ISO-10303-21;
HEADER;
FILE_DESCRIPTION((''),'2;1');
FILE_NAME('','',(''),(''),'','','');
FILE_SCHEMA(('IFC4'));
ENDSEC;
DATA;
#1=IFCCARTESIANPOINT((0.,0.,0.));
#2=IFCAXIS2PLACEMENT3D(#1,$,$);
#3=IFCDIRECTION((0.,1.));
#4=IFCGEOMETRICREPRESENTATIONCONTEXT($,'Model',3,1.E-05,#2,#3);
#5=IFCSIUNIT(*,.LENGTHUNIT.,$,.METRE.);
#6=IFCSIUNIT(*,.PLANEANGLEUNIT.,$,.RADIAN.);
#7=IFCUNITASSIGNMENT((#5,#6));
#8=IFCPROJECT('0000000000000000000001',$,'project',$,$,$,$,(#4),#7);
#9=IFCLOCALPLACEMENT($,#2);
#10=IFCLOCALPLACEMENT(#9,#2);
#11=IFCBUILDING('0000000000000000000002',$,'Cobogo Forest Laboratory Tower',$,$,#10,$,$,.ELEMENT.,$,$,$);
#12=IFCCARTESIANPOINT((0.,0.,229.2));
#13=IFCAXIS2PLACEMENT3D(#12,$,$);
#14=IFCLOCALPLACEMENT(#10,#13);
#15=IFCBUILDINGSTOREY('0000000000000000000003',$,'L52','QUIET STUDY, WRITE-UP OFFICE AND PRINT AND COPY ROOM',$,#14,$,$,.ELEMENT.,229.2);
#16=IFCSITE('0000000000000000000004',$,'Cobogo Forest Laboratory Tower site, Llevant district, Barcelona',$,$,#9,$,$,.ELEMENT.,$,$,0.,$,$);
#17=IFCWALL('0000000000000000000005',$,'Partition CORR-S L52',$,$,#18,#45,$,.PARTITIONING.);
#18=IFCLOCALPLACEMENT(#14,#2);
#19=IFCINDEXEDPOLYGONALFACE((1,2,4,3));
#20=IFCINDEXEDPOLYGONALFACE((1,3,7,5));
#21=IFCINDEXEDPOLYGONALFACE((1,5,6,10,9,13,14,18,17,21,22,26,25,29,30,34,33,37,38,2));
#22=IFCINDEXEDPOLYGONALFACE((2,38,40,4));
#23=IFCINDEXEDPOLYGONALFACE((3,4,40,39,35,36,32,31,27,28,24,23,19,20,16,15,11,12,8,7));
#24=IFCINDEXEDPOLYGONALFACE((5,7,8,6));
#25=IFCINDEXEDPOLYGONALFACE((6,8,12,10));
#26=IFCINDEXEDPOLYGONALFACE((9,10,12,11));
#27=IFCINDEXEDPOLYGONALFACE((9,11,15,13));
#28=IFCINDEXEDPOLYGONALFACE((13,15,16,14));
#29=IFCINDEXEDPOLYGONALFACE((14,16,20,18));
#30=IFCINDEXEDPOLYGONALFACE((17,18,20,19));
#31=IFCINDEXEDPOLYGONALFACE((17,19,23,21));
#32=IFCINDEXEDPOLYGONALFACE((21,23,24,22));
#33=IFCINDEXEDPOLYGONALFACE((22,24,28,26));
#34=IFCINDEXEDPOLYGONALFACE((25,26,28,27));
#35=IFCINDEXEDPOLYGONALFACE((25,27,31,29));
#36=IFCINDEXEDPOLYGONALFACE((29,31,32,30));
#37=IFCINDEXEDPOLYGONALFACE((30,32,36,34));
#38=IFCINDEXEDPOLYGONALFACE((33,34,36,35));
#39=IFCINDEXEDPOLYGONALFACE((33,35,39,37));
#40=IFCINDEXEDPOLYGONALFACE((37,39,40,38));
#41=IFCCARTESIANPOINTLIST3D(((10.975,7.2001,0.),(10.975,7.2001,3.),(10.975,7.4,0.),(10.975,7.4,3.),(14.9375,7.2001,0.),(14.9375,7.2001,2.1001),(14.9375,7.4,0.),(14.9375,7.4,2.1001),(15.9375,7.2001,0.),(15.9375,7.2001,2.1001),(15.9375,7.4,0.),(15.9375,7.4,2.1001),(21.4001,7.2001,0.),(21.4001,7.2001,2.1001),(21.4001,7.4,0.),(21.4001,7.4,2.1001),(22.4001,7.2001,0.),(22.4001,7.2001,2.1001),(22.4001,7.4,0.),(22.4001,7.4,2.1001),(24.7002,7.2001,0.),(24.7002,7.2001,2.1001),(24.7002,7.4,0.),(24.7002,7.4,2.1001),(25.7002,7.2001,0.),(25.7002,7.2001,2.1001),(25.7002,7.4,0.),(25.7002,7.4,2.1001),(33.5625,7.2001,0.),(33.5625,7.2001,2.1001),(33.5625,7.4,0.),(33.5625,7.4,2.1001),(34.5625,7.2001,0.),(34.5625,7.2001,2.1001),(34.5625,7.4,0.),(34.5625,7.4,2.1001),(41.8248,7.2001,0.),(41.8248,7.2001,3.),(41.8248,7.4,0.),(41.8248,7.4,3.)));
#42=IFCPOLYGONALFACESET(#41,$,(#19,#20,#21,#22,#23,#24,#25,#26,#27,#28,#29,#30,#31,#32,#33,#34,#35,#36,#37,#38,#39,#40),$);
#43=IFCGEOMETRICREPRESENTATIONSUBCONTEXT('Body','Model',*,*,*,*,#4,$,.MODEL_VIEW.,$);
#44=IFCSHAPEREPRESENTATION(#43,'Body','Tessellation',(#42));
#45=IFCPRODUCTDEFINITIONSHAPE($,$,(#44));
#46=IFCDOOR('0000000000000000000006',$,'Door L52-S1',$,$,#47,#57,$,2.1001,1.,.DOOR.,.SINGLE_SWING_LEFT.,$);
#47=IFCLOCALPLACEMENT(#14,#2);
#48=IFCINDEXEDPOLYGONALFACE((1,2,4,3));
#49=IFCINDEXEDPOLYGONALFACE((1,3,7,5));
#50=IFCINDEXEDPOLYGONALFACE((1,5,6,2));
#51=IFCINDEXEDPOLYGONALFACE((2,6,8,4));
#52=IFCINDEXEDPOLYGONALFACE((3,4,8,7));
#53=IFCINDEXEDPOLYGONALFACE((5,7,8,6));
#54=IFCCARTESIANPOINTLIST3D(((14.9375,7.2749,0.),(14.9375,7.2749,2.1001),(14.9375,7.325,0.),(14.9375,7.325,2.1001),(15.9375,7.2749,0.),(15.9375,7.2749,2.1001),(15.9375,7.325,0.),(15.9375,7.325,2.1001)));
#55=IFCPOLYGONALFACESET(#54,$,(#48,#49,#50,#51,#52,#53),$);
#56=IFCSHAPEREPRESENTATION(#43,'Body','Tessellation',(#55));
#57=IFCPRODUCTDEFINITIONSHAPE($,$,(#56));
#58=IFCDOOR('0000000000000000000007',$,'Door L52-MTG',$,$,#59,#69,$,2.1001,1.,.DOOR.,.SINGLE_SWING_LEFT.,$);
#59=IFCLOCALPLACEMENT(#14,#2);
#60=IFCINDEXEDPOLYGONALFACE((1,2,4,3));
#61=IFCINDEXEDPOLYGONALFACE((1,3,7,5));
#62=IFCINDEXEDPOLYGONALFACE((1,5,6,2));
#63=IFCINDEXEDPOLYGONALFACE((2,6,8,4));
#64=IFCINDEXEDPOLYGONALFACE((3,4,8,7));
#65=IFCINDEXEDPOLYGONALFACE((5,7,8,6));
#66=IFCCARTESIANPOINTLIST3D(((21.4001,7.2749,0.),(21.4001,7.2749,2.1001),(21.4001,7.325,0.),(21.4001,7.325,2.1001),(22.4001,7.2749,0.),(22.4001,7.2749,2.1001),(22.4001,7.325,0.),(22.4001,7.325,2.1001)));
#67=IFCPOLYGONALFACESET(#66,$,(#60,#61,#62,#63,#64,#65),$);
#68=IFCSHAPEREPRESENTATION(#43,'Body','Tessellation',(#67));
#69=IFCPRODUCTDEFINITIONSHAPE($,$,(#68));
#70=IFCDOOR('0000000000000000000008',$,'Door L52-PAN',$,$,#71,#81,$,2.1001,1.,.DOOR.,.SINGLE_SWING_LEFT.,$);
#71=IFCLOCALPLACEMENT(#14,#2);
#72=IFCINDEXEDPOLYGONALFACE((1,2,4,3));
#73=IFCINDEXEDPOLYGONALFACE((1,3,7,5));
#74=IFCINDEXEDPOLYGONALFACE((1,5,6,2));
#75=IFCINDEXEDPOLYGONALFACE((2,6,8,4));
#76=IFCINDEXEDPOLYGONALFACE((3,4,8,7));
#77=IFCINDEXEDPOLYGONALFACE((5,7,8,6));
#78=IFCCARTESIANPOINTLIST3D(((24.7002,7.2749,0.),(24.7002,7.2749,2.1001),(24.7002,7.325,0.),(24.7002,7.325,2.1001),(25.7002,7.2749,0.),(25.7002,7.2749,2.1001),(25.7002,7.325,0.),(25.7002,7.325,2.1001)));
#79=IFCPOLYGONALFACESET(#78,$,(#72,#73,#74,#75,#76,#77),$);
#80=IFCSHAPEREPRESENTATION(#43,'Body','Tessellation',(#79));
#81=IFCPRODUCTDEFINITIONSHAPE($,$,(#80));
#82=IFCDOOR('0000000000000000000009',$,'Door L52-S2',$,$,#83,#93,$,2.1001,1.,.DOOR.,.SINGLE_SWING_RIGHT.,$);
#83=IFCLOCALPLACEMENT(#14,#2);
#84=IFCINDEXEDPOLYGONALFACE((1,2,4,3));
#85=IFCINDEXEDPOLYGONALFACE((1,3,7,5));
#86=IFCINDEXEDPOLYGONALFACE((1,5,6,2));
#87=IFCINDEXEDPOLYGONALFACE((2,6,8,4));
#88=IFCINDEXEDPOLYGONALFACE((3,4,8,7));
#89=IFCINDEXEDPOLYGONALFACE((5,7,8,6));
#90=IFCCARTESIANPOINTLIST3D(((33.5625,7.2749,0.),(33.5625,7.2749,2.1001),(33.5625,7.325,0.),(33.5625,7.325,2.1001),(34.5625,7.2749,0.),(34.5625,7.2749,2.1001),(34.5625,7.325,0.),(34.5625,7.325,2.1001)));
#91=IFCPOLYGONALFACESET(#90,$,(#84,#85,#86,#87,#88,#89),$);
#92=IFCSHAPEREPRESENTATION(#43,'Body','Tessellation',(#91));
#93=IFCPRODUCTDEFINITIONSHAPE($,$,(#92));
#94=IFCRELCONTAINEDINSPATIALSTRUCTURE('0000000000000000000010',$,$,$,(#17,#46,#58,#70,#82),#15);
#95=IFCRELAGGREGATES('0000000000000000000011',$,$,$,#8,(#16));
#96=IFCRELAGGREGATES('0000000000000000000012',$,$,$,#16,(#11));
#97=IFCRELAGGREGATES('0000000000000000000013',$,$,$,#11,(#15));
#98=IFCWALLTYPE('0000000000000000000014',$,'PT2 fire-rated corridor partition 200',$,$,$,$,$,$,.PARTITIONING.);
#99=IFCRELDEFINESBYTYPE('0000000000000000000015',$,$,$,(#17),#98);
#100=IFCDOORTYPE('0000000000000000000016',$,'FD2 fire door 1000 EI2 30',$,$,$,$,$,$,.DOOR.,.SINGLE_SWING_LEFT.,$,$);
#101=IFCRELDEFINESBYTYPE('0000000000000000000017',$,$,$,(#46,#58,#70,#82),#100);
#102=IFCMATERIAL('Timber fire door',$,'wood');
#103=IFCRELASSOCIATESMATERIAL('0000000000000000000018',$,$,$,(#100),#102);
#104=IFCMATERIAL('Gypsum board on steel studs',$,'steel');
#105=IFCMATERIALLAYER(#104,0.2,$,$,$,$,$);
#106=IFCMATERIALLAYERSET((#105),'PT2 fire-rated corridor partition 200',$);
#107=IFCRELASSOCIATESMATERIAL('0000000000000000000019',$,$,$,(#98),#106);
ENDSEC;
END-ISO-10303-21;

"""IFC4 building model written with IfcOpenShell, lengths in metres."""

from ifc_helpers import new_model, si_unit, direction, frame, frame_2d, origin, place, context, subcontext, project, spatial, rectangle, extrude, material, layer, layer_set, type_object, element, fill, save


model = new_model("IFC4")

# Units and contexts
model_context = context("Model", 3, precision=1e-05, world=origin(), true_north=direction((0.0, 1.0)))
body_context = subcontext(model_context, "Body", "Model", "MODEL_VIEW")
ifc_project = project(units=[si_unit("LENGTHUNIT", "METRE"), si_unit("PLANEANGLEUNIT", "RADIAN")], contexts=[model_context])

# Site, building, storey
site_placement = place(None, origin())
site = spatial("IfcSite", under=ifc_project, at=site_placement, Name="Cobogo Forest Laboratory Tower site, Llevant district, Barcelona", CompositionType="ELEMENT", RefElevation=0.0)
building_placement = place(site_placement, origin())
building = spatial("IfcBuilding", under=site, at=building_placement, Name="Cobogo Forest Laboratory Tower", CompositionType="ELEMENT")
storey_placement = place(building_placement, frame((0.0, 0.0, 229.2)))
storey = spatial("IfcBuildingStorey", under=building, at=storey_placement, Name="L52", Description="QUIET STUDY, WRITE-UP OFFICE AND PRINT AND COPY ROOM", CompositionType="ELEMENT", Elevation=229.2)

# Shared definitions
ifc_material_1 = material(Name="Gypsum board on steel studs", Category="steel")
ifc_material_2 = material(Name="Timber fire door", Category="wood")
door_type_1 = type_object("IfcDoorType", Name="FD2 fire door 1000 EI2 30", OperationType="SINGLE_SWING_LEFT", PredefinedType="DOOR", material=ifc_material_2)

# Wall, openings, doors
ifc_layer_1 = layer(ifc_material_1, 0.2)
ifc_layer_set_1 = layer_set([ifc_layer_1], Name="PT2 fire-rated corridor partition 200")
wall_type_1 = type_object("IfcWallType", Name="PT2 fire-rated corridor partition 200", PredefinedType="PARTITIONING", material=ifc_layer_set_1)
wall_1_placement = place(storey_placement, frame((10.9751, 7.3, 0.0), z_axis=(0.0, 0.0, 1.0), x_axis=(1.0, 0.0, 0.0)))
wall_1 = element("IfcWall", 1, at=wall_1_placement, inside=storey, type_object=wall_type_1, Name="Partition CORR-S L52", PredefinedType="PARTITIONING", context=body_context, shape_type="SweptSolid", body=[
    extrude(rectangle(XDim=30.8499, YDim=0.2, at=frame_2d((15.4248, 0.0))), origin(), (0.0, 0.0, 1.0), 3.0),
])
opening_1_placement = place(wall_1_placement, frame((3.9624, 0.0, 0.0)))
opening_1 = element("IfcOpeningElement", 2, at=opening_1_placement, cuts=wall_1, PredefinedType="OPENING", context=body_context, shape_type="SweptSolid", body=[
    extrude(rectangle(XDim=1.0, YDim=2.1001, at=frame_2d((0.5, 1.05))), frame((0.0, 0.1099, 0.0), z_axis=(0.0, -1.0, 0.0), x_axis=(1.0, 0.0, 0.0)), (0.0, 0.0, 1.0), 0.22),
])
opening_2_placement = place(wall_1_placement, frame((10.425, 0.0, 0.0)))
opening_2 = element("IfcOpeningElement", 3, at=opening_2_placement, cuts=wall_1, PredefinedType="OPENING", context=body_context, shape_type="SweptSolid", body=[
    extrude(rectangle(XDim=1.0, YDim=2.1001, at=frame_2d((0.5, 1.05))), frame((0.0, 0.1099, 0.0), z_axis=(0.0, -1.0, 0.0), x_axis=(1.0, 0.0, 0.0)), (0.0, 0.0, 1.0), 0.22),
])
opening_3_placement = place(wall_1_placement, frame((13.7251, 0.0, 0.0)))
opening_3 = element("IfcOpeningElement", 4, at=opening_3_placement, cuts=wall_1, PredefinedType="OPENING", context=body_context, shape_type="SweptSolid", body=[
    extrude(rectangle(XDim=1.0, YDim=2.1001, at=frame_2d((0.5, 1.05))), frame((0.0, 0.1099, 0.0), z_axis=(0.0, -1.0, 0.0), x_axis=(1.0, 0.0, 0.0)), (0.0, 0.0, 1.0), 0.22),
])
opening_4_placement = place(wall_1_placement, frame((22.5874, 0.0, 0.0)))
opening_4 = element("IfcOpeningElement", 5, at=opening_4_placement, cuts=wall_1, PredefinedType="OPENING", context=body_context, shape_type="SweptSolid", body=[
    extrude(rectangle(XDim=1.0, YDim=2.1001, at=frame_2d((0.5, 1.05))), frame((0.0, 0.1099, 0.0), z_axis=(0.0, -1.0, 0.0), x_axis=(1.0, 0.0, 0.0)), (0.0, 0.0, 1.0), 0.22),
])
door_1_placement = place(opening_1_placement, origin())
door_1 = element("IfcDoor", 6, at=door_1_placement, inside=storey, type_object=door_type_1, Name="Door L52-S1", OperationType="SINGLE_SWING_LEFT", OverallHeight=2.1001, OverallWidth=1.0, PredefinedType="DOOR", context=body_context, shape_type="SweptSolid", body=[
    extrude(rectangle(XDim=1.0, YDim=2.1001, at=frame_2d((0.5, 1.05))), frame((0.0, 0.0249, 0.0), z_axis=(0.0, -1.0, 0.0), x_axis=(1.0, 0.0, 0.0)), (0.0, 0.0, 1.0), 0.05),
])
fill(opening_1, door_1)
door_2_placement = place(opening_2_placement, origin())
door_2 = element("IfcDoor", 7, at=door_2_placement, inside=storey, type_object=door_type_1, Name="Door L52-MTG", OperationType="SINGLE_SWING_LEFT", OverallHeight=2.1001, OverallWidth=1.0, PredefinedType="DOOR", context=body_context, shape_type="SweptSolid", body=[
    extrude(rectangle(XDim=1.0, YDim=2.1001, at=frame_2d((0.5, 1.05))), frame((0.0, 0.0249, 0.0), z_axis=(0.0, -1.0, 0.0), x_axis=(1.0, 0.0, 0.0)), (0.0, 0.0, 1.0), 0.05),
])
fill(opening_2, door_2)
door_3_placement = place(opening_3_placement, origin())
door_3 = element("IfcDoor", 8, at=door_3_placement, inside=storey, type_object=door_type_1, Name="Door L52-PAN", OperationType="SINGLE_SWING_LEFT", OverallHeight=2.1001, OverallWidth=1.0, PredefinedType="DOOR", context=body_context, shape_type="SweptSolid", body=[
    extrude(rectangle(XDim=1.0, YDim=2.1001, at=frame_2d((0.5, 1.05))), frame((0.0, 0.0249, 0.0), z_axis=(0.0, -1.0, 0.0), x_axis=(1.0, 0.0, 0.0)), (0.0, 0.0, 1.0), 0.05),
])
fill(opening_3, door_3)
door_4_placement = place(opening_4_placement, origin())
door_4 = element("IfcDoor", 9, at=door_4_placement, inside=storey, type_object=door_type_1, Name="Door L52-S2", OperationType="SINGLE_SWING_RIGHT", OverallHeight=2.1001, OverallWidth=1.0, PredefinedType="DOOR", context=body_context, shape_type="SweptSolid", body=[
    extrude(rectangle(XDim=1.0, YDim=2.1001, at=frame_2d((0.5, 1.05))), frame((0.0, 0.0249, 0.0), z_axis=(0.0, -1.0, 0.0), x_axis=(1.0, 0.0, 0.0)), (0.0, 0.0, 1.0), 0.05),
])
fill(opening_4, door_4)

save(model, "model.ifc")
